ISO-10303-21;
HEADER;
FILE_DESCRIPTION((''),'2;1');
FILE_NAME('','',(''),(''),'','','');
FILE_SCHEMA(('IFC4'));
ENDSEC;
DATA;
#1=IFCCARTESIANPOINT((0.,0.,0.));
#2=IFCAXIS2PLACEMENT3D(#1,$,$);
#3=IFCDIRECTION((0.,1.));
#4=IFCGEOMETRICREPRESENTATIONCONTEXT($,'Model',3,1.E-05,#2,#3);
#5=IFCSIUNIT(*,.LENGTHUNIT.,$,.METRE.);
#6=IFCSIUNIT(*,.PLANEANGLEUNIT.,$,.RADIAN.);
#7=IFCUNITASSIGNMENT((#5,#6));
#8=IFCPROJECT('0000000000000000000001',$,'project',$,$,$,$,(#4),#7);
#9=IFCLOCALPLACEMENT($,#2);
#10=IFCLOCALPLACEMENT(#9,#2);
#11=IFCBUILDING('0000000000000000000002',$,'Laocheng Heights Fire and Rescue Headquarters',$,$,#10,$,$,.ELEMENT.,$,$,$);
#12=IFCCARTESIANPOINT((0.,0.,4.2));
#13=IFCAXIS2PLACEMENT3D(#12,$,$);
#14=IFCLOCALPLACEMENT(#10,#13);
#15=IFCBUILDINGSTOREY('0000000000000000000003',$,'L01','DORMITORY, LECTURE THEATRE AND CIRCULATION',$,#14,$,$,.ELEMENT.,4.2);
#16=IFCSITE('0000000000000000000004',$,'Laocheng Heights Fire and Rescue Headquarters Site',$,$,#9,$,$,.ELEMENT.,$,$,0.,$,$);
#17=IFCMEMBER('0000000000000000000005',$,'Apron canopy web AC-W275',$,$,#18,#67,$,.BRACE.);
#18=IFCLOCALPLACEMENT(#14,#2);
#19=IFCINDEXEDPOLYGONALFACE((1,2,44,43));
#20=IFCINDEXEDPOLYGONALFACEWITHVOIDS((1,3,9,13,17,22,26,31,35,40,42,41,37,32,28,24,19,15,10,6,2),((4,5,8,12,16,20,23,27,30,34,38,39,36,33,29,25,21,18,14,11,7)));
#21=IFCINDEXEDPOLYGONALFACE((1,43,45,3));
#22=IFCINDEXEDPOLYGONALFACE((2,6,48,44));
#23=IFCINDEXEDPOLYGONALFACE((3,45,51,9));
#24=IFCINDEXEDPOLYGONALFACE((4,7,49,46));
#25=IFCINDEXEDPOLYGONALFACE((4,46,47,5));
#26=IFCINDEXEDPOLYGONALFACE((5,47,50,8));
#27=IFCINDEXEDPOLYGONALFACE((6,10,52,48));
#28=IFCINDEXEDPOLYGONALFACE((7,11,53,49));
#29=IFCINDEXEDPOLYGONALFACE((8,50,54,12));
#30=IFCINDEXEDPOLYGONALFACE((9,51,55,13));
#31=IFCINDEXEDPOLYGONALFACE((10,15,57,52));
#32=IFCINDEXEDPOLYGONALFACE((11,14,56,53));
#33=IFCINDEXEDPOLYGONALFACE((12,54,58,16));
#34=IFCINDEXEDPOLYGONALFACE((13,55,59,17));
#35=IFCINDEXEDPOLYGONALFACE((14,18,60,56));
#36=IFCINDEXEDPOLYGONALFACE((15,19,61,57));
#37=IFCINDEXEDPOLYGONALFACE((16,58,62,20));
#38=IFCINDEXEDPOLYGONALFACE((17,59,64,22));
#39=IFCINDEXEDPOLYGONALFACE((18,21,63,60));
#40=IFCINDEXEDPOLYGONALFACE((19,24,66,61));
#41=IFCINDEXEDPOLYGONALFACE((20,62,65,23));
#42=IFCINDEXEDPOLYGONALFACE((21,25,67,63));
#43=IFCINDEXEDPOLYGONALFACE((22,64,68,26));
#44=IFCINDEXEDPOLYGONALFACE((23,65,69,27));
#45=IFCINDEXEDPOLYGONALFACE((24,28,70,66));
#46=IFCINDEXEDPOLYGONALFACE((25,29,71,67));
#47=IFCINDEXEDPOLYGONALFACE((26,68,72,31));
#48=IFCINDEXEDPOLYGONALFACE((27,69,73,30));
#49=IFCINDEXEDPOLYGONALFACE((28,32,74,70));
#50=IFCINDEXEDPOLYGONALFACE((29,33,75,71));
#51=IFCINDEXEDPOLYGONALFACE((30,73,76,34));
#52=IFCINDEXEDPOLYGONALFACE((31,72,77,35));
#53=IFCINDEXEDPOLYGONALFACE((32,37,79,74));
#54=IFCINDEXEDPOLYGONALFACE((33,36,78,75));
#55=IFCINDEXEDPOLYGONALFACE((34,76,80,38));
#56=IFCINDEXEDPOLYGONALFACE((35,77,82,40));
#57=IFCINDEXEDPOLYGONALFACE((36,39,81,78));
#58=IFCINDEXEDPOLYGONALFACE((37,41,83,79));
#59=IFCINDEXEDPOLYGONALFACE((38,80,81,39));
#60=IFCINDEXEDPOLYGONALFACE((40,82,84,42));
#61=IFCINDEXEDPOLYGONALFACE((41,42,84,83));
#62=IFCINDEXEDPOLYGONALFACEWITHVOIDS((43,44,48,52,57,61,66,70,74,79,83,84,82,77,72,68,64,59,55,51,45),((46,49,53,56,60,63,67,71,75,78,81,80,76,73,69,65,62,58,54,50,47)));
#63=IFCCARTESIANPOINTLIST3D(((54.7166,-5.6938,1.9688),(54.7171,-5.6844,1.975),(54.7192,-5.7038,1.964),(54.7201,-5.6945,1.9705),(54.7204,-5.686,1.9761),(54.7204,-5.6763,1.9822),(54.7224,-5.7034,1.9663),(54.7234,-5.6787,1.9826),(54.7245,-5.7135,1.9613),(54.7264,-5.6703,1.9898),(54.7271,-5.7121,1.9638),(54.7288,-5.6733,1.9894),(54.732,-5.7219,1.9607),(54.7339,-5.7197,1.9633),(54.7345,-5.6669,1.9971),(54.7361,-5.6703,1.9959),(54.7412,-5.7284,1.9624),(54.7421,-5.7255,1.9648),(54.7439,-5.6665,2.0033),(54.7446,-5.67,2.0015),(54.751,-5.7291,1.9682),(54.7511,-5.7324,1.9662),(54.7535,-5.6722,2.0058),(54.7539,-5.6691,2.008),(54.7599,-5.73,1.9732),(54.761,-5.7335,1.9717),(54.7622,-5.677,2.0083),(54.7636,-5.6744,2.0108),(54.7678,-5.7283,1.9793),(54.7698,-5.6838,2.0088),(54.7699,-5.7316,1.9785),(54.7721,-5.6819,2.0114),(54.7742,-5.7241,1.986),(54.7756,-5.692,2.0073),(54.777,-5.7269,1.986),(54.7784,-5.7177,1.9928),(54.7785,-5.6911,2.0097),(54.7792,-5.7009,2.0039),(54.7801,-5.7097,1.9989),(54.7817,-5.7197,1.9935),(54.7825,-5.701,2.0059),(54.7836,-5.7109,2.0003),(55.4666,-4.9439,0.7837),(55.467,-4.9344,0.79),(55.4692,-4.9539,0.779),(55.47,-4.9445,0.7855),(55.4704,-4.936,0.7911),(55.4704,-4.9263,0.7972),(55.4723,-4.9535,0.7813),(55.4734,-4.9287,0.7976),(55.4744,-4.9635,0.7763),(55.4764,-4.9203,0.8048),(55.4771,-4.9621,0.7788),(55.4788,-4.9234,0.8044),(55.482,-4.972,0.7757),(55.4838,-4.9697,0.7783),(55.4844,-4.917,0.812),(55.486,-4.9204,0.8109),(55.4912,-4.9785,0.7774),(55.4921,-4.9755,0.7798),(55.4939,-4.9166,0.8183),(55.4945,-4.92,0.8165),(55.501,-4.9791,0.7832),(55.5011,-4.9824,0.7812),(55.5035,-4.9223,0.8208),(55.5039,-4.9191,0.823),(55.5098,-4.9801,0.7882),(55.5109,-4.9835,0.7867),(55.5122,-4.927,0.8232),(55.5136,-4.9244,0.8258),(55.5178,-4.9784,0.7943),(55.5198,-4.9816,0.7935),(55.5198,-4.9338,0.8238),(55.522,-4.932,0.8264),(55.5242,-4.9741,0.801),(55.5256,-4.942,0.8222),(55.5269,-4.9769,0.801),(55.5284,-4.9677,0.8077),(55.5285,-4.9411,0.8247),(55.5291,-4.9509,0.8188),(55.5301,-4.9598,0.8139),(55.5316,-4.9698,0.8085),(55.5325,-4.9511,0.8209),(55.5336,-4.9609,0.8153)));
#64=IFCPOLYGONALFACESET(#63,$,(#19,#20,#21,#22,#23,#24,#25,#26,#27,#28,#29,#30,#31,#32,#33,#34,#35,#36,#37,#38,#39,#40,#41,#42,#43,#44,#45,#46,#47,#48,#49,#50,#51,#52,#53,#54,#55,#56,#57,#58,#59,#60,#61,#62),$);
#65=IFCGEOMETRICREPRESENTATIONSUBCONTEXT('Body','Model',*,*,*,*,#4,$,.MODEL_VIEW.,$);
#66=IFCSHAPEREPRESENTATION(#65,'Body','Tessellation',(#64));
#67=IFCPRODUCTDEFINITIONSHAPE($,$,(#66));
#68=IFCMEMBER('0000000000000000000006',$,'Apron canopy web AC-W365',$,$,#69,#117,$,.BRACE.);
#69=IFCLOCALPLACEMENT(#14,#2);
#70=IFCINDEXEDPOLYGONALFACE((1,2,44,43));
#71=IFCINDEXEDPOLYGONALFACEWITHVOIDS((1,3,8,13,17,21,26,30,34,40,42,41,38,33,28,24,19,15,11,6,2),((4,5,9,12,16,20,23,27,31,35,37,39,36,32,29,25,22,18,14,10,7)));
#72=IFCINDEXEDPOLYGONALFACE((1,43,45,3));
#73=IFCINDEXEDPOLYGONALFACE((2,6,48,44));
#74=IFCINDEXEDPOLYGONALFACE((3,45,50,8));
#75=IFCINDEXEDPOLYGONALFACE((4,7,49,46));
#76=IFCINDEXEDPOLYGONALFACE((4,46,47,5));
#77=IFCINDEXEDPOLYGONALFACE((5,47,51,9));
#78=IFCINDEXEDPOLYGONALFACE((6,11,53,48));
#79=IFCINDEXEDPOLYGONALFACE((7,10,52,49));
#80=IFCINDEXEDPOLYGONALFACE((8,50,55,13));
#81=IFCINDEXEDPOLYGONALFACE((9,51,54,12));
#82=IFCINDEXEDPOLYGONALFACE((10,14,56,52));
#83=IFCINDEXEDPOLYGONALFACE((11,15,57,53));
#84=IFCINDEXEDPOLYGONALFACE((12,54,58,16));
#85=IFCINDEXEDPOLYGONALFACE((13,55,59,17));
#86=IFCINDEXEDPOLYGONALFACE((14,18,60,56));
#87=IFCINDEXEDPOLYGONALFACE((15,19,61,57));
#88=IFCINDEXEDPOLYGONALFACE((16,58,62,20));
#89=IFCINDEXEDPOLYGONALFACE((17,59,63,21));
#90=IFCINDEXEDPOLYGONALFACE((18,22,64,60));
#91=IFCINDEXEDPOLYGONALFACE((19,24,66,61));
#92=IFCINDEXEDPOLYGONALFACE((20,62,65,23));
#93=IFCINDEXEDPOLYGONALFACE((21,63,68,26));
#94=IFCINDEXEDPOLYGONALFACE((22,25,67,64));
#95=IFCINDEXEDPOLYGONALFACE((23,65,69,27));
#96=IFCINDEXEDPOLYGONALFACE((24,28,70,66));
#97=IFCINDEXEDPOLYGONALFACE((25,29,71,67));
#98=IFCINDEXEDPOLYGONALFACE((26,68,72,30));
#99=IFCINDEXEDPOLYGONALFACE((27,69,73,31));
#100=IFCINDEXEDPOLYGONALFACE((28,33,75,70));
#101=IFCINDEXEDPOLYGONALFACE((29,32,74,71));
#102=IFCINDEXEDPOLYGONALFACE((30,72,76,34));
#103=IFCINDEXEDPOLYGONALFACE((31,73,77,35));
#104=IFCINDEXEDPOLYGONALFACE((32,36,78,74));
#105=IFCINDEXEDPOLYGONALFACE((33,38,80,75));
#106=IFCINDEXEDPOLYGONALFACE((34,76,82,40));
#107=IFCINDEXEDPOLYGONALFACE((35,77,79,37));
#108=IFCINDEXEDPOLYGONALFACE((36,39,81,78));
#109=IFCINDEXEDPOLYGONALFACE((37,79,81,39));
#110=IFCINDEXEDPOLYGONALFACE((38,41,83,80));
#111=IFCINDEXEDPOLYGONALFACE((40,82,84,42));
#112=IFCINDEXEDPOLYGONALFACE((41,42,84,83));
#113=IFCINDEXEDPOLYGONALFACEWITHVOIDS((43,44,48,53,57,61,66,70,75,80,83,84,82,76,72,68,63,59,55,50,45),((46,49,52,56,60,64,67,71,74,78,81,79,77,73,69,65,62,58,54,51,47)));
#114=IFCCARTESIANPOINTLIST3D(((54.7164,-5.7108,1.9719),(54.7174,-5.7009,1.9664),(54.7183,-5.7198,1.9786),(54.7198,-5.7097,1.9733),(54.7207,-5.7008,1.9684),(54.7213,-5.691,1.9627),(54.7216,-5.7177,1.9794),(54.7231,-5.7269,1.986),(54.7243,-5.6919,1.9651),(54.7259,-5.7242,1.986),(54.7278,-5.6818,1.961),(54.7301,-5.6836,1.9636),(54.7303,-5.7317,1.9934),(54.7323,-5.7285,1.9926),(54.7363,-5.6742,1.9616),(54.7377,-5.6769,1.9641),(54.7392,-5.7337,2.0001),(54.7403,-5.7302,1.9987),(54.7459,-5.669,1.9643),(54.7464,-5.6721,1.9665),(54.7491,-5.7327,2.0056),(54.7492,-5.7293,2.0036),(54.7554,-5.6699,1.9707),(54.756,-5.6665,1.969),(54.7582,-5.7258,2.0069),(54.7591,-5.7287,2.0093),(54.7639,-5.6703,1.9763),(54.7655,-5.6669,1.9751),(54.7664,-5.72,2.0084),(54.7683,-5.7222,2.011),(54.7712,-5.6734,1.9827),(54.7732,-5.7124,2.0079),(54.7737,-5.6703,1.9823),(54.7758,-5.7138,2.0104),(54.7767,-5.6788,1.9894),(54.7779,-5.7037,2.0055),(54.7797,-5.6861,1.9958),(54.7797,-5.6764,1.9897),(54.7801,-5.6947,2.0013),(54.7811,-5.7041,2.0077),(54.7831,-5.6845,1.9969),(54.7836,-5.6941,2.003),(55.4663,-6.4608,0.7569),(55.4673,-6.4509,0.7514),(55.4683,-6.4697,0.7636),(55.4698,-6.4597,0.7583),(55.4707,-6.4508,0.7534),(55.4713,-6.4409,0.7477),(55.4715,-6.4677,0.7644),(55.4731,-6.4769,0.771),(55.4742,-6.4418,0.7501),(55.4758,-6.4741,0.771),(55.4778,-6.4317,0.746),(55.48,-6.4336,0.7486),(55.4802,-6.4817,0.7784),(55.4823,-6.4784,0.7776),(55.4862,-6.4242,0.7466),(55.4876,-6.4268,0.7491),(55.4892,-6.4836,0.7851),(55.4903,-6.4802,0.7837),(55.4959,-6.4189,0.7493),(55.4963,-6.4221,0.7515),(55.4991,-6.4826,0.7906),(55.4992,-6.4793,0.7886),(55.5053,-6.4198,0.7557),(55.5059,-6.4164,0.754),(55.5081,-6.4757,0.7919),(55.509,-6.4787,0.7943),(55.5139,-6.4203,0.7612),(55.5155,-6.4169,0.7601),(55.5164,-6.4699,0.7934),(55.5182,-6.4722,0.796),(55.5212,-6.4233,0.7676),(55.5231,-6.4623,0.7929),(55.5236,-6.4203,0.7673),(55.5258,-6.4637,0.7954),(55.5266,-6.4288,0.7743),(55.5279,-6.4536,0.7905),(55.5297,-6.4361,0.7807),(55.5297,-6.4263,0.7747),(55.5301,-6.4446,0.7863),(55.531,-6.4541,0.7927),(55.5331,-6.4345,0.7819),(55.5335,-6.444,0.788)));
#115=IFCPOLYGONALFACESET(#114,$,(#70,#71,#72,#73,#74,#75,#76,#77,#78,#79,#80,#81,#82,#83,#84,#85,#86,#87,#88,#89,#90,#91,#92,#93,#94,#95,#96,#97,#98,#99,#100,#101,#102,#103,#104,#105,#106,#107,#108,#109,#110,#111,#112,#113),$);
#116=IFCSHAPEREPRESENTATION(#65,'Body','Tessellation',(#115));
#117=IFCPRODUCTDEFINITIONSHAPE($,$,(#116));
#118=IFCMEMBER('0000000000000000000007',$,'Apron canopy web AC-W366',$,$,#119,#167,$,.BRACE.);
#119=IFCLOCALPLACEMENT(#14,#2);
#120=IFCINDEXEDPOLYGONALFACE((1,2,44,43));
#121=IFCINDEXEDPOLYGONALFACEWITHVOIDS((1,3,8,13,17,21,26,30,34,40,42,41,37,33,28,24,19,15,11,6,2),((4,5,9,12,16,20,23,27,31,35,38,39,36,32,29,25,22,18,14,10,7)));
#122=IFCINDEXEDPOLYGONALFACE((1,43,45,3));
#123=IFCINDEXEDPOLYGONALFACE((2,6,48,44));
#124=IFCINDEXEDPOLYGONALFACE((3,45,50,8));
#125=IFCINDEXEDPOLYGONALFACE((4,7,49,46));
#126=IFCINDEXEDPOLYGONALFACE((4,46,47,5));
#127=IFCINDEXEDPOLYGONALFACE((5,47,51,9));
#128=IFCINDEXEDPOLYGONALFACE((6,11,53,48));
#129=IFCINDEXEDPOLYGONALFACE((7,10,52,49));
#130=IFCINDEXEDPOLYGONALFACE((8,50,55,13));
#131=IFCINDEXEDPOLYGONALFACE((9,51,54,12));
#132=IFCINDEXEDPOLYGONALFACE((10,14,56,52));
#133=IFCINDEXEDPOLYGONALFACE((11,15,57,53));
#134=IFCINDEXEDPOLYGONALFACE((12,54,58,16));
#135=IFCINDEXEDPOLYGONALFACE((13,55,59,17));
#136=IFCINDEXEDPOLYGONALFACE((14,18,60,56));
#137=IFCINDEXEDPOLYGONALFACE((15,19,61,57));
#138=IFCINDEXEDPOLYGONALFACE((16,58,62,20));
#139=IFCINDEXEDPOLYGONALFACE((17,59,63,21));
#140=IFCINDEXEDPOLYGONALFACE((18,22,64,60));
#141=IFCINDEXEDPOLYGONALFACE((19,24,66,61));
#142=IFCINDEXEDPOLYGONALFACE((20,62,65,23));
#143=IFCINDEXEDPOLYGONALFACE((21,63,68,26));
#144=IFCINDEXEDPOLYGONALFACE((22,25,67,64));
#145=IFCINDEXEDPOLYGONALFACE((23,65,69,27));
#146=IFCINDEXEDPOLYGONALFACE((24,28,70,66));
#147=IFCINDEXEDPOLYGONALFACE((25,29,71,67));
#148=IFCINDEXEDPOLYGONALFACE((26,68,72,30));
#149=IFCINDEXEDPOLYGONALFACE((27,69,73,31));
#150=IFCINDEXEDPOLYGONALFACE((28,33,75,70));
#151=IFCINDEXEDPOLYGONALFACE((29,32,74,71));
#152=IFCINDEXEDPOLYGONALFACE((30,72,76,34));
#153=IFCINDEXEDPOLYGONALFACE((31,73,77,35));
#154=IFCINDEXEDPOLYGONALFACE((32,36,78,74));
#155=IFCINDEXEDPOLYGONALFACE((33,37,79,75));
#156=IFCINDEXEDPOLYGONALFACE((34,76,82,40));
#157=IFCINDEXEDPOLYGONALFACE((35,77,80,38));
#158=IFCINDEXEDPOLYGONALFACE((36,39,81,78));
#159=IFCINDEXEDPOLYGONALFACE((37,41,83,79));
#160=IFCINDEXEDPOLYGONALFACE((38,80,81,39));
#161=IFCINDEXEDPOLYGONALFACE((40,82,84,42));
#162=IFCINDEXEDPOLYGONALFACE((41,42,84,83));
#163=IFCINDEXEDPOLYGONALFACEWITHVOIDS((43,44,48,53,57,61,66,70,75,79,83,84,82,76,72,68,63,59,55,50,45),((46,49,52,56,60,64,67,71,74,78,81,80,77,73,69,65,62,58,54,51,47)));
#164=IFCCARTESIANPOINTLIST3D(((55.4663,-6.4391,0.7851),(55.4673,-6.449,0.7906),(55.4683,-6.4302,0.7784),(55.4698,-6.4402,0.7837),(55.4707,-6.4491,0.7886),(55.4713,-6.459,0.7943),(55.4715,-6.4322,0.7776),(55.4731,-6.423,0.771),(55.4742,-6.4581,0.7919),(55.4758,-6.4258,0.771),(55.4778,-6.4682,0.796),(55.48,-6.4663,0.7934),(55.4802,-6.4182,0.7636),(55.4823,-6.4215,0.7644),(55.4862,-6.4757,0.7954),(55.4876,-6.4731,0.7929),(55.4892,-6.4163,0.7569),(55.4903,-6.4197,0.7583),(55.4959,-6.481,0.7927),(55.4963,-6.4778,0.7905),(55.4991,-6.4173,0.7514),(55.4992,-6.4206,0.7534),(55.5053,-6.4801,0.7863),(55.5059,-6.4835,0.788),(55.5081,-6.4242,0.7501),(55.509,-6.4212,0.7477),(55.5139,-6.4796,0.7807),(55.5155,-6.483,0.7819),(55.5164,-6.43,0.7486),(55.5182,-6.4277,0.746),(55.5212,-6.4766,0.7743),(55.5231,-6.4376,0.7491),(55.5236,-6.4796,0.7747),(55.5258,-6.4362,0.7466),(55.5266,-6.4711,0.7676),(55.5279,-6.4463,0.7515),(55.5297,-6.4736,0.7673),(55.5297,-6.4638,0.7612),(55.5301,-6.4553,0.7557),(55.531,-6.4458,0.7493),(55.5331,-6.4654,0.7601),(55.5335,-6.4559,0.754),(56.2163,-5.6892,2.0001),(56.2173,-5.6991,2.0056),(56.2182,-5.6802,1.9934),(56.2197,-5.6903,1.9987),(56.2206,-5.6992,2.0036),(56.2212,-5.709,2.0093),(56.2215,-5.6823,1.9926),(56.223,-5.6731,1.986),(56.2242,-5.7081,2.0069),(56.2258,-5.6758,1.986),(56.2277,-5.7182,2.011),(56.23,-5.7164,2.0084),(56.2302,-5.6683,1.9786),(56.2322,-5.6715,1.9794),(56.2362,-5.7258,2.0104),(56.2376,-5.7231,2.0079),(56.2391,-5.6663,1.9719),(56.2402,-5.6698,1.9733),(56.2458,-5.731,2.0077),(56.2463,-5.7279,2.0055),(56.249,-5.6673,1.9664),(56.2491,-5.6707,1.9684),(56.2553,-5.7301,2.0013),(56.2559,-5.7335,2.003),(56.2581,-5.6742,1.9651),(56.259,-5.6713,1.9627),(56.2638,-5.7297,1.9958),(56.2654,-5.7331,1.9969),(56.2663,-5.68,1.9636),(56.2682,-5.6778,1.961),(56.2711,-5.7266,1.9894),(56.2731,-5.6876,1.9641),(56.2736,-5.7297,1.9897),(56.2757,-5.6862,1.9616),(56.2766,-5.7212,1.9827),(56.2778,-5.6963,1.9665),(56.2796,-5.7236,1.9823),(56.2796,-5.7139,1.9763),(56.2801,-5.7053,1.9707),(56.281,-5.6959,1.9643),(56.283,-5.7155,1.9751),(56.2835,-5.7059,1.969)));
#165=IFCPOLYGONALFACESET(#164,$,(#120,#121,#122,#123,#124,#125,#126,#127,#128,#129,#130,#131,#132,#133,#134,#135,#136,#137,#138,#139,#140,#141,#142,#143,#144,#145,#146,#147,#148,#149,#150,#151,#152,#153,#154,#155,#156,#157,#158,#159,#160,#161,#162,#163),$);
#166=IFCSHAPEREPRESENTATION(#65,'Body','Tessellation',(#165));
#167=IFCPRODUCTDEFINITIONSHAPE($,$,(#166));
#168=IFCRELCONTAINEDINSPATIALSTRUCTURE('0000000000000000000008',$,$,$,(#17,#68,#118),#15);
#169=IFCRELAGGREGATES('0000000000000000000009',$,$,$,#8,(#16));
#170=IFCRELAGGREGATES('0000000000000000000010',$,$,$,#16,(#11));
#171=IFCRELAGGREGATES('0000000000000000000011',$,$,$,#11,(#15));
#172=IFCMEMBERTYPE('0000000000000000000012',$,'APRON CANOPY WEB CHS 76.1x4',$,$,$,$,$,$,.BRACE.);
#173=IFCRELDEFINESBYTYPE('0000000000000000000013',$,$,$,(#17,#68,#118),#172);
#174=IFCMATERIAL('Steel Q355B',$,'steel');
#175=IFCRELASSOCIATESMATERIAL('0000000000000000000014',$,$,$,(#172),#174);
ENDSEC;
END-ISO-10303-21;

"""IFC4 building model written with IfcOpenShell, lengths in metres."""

from ifc_helpers import new_model, si_unit, direction, frame, origin, origin_2d, place, context, subcontext, project, spatial, hollow_circle, extrude, material, material_profile, profile_set, type_object, element, save


model = new_model("IFC4")

# Units and contexts
model_context = context("Model", 3, precision=1e-05, world=origin(), true_north=direction((0.0, 1.0)))
body_context = subcontext(model_context, "Body", "Model", "MODEL_VIEW")
ifc_project = project(units=[si_unit("LENGTHUNIT", "METRE"), si_unit("PLANEANGLEUNIT", "RADIAN")], contexts=[model_context])

# Site, building, storey
site_placement = place(None, origin())
site = spatial("IfcSite", under=ifc_project, at=site_placement, Name="Laocheng Heights Fire and Rescue Headquarters Site", CompositionType="ELEMENT", RefElevation=0.0)
building_placement = place(site_placement, origin())
building = spatial("IfcBuilding", under=site, at=building_placement, Name="Laocheng Heights Fire and Rescue Headquarters", CompositionType="ELEMENT")
storey_placement = place(building_placement, frame((0.0, 0.0, 4.2)))
storey = spatial("IfcBuildingStorey", under=building, at=storey_placement, Name="L01", Description="DORMITORY, LECTURE THEATRE AND CIRCULATION", CompositionType="ELEMENT", Elevation=4.2)

# Members
ifc_material_1 = material(Name="Steel Q355B", Category="steel")
ifc_material_profile_1 = material_profile(ifc_material_1, hollow_circle(Radius=0.0381, WallThickness=0.0039, at=origin_2d()), Name="CHS 76.1x4")
ifc_profile_set_1 = profile_set([ifc_material_profile_1], Name="Steel Q355B")
member_type_1 = type_object("IfcMemberType", Name="APRON CANOPY WEB CHS 76.1x4", PredefinedType="BRACE", material=ifc_profile_set_1)
member_1_placement = place(storey_placement, frame((55.5, -4.95, 0.801), z_axis=(-0.47158, -0.47158, 0.745134), x_axis=(0.707107, -0.707107, 0.0)))
element("IfcMember", 1, at=member_1_placement, inside=storey, type_object=member_type_1, Name="Apron canopy web AC-W275", PredefinedType="BRACE", context=body_context, shape_type="SweptSolid", body=[
    extrude(hollow_circle(Radius=0.0381, WallThickness=0.0039, at=origin_2d()), origin(), (0.0, 0.0, 1.0), 1.5903),
])
for number, where, z_axis, x_axis, name in (
    (2, (55.5, -6.45, 0.771), (-0.465002, 0.465002, 0.753357), (-0.707107, -0.707107, 0.0), "Apron canopy web AC-W365"),
    (3, (55.5, -6.45, 0.771), (0.465002, 0.465002, 0.753357), (-0.707107, 0.707107, 0.0), "Apron canopy web AC-W366"),
):
    element("IfcMember", number, at=place(storey_placement, frame(where, z_axis=z_axis, x_axis=x_axis)), inside=storey, type_object=member_type_1, Name=name, PredefinedType="BRACE", context=body_context, shape_type="SweptSolid", body=[
        extrude(hollow_circle(Radius=0.0381, WallThickness=0.0039, at=origin_2d()), origin(), (0.0, 0.0, 1.0), 1.6128),
    ])

save(model, "model.ifc")
